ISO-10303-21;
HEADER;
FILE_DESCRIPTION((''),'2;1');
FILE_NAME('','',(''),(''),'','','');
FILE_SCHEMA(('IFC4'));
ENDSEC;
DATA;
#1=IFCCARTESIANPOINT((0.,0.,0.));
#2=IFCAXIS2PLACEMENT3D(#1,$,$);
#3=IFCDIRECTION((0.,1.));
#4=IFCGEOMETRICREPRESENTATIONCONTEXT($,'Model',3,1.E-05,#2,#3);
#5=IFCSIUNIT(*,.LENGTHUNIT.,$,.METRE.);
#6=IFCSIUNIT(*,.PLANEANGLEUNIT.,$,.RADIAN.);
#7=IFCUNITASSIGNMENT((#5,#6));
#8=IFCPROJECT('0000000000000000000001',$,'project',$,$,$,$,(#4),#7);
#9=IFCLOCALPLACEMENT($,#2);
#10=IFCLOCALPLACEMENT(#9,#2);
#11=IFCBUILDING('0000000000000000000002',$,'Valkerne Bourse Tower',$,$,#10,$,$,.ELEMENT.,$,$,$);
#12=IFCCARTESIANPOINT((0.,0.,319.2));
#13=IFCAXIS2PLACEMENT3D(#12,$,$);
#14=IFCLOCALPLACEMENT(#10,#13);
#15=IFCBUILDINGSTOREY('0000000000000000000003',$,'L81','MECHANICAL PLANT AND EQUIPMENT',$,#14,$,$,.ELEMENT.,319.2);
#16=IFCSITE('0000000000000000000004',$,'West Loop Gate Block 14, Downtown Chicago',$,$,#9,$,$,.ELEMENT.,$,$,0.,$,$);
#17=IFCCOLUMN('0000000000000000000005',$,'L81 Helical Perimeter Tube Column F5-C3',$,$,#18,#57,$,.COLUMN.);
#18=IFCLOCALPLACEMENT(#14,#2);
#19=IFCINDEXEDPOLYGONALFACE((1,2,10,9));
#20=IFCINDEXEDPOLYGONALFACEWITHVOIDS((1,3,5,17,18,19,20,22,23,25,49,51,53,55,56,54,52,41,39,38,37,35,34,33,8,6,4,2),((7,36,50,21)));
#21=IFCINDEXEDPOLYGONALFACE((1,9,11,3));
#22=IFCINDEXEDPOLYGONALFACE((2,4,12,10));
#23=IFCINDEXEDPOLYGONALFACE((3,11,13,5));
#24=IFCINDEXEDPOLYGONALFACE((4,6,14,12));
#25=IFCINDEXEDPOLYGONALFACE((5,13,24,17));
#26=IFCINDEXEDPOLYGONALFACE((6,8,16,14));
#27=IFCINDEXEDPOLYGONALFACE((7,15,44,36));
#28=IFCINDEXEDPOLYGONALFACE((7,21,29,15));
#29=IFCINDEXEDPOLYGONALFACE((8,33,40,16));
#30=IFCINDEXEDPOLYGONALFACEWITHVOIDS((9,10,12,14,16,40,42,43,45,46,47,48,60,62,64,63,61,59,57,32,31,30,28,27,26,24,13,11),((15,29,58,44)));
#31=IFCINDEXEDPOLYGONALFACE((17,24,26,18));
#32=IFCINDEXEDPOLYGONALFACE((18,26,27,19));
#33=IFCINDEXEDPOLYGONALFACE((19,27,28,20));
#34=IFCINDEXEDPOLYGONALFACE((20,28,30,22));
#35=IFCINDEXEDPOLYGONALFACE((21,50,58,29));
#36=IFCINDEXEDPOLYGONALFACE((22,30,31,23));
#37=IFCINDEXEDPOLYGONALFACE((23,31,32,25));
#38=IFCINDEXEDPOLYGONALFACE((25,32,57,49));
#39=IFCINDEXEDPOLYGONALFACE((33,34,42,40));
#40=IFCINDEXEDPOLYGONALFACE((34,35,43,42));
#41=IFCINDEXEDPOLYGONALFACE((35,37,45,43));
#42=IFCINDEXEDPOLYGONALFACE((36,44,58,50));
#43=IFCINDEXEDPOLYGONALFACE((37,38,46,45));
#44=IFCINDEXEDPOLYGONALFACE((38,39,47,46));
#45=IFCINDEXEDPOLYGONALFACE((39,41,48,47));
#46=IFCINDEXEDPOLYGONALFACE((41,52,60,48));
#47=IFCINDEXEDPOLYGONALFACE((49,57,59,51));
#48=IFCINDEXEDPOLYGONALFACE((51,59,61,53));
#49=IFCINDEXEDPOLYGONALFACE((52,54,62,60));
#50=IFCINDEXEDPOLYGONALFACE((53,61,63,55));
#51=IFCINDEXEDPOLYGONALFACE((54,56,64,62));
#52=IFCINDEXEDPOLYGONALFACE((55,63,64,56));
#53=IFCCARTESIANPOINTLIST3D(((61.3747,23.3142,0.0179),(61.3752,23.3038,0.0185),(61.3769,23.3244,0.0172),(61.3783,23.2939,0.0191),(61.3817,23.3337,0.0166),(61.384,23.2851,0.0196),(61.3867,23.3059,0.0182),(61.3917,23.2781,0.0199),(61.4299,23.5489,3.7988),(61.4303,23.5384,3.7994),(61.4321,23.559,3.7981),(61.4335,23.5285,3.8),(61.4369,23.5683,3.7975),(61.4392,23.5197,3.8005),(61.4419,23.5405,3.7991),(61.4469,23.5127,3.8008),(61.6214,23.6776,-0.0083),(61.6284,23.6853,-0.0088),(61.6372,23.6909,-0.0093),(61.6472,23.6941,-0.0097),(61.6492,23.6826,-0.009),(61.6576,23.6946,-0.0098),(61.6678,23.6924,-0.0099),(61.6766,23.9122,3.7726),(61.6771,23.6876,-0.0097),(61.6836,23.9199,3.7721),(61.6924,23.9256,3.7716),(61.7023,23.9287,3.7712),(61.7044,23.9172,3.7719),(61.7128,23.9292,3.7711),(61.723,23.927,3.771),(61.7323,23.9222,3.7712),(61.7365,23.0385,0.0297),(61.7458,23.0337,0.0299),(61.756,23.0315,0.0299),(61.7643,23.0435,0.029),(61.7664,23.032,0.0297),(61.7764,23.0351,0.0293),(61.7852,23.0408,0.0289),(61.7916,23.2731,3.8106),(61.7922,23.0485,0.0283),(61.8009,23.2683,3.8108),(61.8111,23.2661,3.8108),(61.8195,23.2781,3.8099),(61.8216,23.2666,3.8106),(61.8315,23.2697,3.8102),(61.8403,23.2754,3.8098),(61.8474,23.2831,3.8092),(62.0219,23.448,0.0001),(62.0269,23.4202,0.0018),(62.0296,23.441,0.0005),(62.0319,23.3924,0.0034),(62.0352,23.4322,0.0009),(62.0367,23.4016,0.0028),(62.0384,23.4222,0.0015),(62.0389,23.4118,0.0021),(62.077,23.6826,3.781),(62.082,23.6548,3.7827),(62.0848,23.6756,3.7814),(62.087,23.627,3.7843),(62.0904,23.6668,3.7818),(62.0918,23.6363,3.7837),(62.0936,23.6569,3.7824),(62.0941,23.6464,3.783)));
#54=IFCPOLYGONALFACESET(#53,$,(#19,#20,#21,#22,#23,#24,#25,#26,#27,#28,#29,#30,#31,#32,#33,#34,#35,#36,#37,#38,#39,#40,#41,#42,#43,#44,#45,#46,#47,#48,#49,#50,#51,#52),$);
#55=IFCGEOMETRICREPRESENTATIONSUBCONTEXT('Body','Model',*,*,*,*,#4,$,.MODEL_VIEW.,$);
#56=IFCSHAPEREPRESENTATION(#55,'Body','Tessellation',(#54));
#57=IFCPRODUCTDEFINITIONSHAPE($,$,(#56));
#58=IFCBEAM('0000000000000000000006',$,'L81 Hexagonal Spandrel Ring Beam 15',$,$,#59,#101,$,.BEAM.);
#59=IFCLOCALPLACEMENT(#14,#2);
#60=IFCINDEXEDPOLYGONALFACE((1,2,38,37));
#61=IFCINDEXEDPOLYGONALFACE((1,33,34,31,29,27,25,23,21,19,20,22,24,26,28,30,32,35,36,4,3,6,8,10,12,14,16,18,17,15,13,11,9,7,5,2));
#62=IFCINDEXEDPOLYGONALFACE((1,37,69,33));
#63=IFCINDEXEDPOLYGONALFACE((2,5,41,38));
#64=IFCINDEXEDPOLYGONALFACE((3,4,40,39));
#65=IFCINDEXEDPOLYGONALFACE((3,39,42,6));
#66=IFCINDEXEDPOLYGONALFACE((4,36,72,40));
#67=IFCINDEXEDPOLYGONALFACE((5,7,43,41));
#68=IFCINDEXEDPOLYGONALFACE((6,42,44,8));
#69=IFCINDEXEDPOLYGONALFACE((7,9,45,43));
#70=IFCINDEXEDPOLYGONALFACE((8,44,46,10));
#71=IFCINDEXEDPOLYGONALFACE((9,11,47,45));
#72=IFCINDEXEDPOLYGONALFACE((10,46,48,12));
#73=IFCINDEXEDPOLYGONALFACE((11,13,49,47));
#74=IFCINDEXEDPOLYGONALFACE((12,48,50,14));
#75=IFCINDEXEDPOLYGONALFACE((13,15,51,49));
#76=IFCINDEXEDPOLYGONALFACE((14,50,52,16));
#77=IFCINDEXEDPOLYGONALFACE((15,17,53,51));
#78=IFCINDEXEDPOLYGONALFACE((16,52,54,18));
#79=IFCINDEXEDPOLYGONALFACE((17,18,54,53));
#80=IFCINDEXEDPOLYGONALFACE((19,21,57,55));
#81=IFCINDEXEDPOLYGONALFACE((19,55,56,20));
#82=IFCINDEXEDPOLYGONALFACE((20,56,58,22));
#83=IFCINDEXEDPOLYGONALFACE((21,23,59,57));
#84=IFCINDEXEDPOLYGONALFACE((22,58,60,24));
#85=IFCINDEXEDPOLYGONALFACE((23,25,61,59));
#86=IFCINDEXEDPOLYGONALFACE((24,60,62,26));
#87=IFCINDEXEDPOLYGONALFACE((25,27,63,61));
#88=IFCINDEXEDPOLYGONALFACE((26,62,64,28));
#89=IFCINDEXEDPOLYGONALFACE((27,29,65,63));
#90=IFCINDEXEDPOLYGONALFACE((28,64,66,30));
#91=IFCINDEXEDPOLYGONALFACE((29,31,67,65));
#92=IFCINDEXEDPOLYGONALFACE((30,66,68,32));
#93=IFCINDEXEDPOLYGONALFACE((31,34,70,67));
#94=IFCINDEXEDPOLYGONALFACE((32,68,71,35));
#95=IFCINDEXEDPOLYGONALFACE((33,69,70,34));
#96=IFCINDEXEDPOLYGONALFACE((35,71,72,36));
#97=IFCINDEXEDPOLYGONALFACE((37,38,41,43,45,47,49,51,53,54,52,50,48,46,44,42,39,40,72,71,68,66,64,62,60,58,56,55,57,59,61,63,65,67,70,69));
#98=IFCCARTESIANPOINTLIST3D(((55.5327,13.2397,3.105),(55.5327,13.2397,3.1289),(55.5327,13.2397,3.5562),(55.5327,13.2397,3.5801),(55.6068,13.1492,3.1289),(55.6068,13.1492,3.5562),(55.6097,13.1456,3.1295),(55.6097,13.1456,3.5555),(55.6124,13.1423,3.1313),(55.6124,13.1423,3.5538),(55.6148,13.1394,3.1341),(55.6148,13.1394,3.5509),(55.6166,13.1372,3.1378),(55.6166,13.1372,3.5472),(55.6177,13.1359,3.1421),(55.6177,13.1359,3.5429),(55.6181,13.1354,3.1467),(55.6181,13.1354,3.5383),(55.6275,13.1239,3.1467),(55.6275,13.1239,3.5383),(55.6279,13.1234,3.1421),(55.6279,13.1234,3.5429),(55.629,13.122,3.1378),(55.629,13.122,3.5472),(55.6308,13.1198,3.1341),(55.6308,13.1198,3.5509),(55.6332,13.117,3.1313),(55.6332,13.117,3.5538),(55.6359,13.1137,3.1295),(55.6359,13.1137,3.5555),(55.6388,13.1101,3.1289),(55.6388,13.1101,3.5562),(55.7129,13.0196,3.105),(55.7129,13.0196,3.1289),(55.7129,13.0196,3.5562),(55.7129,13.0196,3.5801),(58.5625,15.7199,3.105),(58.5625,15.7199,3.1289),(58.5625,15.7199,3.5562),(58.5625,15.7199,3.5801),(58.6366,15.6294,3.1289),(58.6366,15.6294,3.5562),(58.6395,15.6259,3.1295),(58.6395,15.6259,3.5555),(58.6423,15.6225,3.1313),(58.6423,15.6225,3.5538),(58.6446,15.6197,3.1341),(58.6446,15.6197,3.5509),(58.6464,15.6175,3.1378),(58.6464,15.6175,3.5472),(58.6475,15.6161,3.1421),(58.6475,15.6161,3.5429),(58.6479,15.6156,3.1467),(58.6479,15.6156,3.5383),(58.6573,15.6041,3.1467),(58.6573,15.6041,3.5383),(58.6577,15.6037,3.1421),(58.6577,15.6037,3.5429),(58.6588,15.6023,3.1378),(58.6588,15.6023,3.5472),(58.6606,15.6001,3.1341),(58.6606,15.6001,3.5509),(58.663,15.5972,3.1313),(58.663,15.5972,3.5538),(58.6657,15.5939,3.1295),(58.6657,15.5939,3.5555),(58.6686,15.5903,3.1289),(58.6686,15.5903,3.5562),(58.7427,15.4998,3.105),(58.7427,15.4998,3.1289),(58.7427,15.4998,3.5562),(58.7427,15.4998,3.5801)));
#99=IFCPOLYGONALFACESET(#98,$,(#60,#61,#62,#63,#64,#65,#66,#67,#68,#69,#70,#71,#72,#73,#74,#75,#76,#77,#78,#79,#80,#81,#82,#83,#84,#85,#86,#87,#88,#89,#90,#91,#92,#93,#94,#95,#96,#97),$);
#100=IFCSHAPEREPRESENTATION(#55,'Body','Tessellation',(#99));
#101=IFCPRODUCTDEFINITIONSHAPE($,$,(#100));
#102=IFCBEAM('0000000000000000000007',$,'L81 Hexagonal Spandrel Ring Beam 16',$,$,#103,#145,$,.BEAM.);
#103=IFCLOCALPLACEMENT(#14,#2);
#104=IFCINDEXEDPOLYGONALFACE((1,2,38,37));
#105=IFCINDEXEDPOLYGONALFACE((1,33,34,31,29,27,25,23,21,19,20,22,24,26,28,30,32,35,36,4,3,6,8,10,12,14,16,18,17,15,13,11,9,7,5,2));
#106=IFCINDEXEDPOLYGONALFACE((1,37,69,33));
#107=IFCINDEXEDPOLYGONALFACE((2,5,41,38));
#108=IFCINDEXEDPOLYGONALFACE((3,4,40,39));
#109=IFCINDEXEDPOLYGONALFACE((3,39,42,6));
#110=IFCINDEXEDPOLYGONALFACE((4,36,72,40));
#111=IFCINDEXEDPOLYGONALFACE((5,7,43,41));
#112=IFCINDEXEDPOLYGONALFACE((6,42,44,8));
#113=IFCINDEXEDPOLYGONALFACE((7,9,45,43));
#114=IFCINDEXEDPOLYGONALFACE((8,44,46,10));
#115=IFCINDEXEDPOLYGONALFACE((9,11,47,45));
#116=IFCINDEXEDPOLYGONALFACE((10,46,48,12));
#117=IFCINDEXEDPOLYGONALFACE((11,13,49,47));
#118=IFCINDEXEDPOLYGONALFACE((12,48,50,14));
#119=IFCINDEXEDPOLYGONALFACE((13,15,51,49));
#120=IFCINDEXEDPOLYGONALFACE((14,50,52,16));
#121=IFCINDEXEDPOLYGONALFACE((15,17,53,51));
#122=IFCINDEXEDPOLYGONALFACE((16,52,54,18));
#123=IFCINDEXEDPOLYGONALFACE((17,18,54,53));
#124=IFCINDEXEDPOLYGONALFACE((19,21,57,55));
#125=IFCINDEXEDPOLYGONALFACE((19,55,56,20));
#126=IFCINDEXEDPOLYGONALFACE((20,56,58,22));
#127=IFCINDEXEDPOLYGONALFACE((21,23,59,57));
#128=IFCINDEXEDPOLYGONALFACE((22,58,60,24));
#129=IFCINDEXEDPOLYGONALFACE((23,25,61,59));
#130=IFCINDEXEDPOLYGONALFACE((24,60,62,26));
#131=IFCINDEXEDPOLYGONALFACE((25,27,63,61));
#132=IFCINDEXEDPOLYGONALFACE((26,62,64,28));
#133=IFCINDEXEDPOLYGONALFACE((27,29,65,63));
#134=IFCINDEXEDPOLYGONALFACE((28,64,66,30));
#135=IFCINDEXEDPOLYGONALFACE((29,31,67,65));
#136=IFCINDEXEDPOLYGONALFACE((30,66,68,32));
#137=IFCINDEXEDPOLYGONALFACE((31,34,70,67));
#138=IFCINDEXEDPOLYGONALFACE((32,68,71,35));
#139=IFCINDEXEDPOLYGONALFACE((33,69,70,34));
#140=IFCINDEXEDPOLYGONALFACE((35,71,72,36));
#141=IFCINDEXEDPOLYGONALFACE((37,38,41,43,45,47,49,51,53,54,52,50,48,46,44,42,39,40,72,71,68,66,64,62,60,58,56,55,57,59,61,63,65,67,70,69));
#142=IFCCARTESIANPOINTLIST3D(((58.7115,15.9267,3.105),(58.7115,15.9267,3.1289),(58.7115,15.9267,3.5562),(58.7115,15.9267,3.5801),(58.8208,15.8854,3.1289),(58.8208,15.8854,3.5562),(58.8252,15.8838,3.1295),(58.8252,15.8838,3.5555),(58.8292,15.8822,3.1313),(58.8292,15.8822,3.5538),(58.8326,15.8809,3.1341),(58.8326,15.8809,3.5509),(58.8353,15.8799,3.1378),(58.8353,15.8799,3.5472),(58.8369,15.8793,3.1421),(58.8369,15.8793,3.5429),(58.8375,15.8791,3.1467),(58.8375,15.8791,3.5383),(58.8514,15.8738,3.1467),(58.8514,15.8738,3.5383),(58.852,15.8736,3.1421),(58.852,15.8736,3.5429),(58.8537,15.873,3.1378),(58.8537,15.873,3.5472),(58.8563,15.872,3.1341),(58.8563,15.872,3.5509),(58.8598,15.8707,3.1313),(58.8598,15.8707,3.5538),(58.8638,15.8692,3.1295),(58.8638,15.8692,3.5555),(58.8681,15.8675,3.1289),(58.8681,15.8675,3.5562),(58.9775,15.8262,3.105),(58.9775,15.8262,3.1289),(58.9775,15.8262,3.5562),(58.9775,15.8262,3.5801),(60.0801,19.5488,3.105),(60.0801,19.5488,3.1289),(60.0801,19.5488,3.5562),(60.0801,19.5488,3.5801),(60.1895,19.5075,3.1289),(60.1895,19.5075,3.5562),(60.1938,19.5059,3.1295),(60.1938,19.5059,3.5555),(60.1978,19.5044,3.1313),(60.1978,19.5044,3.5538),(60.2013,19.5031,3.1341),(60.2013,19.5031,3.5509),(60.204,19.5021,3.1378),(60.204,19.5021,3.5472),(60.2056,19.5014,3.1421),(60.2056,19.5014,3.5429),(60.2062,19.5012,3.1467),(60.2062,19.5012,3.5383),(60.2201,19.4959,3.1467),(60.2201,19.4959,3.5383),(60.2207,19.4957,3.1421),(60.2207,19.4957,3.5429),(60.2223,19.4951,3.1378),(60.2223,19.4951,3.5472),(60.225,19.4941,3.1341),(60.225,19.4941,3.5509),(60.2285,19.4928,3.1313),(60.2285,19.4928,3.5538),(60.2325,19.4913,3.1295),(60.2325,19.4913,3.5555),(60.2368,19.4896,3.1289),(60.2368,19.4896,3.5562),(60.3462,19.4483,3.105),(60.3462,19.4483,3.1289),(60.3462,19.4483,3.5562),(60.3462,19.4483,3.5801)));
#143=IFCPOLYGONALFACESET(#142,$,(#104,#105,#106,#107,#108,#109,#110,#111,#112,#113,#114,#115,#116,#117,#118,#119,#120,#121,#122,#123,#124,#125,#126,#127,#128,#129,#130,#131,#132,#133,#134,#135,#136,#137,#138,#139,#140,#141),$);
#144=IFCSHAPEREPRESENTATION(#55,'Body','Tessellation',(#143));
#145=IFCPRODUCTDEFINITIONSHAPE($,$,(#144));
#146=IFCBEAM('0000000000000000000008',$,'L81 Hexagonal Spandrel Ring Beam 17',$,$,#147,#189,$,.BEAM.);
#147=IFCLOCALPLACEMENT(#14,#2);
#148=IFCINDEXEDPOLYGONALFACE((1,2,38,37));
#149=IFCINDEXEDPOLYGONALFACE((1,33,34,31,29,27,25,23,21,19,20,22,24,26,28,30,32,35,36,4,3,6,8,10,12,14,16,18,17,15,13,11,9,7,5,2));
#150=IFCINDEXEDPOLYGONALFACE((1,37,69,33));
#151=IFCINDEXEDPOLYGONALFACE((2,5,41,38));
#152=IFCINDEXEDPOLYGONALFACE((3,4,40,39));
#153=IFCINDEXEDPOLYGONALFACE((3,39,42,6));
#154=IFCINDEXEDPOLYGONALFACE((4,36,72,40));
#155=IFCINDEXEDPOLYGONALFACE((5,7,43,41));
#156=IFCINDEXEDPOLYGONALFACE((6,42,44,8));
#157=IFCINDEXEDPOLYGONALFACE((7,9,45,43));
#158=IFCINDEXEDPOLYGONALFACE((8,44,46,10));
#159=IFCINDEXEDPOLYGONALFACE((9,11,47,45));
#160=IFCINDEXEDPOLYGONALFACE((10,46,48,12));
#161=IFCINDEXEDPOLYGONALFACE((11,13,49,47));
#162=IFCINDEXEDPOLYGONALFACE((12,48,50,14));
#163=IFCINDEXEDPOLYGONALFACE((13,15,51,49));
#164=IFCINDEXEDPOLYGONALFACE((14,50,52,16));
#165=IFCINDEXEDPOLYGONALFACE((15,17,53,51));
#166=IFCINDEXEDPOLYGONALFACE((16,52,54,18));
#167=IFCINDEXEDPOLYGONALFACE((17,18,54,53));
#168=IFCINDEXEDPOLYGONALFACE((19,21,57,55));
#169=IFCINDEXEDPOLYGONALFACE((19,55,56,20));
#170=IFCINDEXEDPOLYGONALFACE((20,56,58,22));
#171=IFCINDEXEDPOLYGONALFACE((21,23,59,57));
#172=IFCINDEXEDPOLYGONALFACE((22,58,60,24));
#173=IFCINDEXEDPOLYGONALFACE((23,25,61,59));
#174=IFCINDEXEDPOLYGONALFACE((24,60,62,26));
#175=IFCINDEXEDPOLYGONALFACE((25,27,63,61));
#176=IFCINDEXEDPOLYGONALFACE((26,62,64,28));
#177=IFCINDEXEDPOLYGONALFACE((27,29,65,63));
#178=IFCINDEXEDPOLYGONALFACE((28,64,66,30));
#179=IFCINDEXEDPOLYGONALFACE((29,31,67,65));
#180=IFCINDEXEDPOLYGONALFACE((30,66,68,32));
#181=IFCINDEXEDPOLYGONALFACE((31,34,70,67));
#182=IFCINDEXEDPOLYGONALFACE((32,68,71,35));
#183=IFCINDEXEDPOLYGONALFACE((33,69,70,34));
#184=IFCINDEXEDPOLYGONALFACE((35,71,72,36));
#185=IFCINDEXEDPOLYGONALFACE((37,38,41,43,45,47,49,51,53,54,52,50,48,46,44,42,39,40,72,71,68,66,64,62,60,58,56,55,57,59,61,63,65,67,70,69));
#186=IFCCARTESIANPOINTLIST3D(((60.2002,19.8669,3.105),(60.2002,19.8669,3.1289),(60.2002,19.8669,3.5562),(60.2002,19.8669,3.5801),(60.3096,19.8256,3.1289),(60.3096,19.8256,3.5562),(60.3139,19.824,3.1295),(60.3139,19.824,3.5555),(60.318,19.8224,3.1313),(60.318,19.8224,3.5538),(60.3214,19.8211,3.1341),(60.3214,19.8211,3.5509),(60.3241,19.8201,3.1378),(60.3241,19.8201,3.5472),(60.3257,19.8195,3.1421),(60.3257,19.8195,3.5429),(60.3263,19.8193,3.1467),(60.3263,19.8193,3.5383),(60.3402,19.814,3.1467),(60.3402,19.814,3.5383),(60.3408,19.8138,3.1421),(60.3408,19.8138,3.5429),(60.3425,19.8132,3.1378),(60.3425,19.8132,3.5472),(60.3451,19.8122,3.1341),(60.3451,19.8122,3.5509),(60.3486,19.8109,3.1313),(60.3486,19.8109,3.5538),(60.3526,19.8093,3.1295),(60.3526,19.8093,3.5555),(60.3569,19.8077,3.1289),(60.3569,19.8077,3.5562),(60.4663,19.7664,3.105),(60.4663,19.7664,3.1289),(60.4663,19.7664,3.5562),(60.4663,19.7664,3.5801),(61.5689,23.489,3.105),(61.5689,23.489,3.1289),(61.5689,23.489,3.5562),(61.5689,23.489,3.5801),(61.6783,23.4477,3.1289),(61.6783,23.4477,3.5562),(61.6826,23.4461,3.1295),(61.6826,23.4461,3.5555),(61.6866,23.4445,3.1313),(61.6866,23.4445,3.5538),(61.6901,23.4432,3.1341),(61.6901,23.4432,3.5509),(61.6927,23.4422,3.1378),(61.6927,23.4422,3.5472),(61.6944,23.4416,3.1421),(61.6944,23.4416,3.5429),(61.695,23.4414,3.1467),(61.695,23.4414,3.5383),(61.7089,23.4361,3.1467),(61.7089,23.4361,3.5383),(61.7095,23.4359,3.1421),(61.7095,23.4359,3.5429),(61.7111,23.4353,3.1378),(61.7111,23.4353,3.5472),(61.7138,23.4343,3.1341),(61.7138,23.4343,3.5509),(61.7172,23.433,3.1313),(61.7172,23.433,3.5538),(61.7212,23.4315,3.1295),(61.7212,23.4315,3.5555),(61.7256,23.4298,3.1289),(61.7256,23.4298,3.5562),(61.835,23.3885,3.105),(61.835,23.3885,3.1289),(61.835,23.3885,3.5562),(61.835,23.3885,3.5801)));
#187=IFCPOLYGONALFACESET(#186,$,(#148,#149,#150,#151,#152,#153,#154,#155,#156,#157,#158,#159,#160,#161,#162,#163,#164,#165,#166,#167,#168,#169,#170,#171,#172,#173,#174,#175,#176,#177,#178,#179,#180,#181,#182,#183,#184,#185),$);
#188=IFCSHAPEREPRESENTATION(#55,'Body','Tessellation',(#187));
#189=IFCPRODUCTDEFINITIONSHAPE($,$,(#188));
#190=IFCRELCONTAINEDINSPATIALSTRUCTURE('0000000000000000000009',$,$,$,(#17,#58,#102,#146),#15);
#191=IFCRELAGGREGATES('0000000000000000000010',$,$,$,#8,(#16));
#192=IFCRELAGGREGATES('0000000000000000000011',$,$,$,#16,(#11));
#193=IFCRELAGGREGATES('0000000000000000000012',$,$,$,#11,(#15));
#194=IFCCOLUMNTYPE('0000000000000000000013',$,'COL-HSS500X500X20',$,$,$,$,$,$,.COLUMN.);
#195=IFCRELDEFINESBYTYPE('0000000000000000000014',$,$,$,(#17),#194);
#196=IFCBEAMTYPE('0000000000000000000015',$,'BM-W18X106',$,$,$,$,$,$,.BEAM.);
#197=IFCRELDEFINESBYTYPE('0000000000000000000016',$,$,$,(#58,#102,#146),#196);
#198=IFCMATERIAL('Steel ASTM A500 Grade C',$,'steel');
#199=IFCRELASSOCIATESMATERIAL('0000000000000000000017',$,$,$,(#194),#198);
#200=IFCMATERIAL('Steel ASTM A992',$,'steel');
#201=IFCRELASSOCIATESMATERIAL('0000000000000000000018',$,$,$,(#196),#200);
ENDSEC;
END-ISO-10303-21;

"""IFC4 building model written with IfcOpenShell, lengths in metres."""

from ifc_helpers import new_model, si_unit, direction, frame, origin, origin_2d, place, context, subcontext, project, spatial, hollow_rectangle, i_section, extrude, material, material_profile, profile_set, type_object, element, save


model = new_model("IFC4")

# Units and contexts
model_context = context("Model", 3, precision=1e-05, world=origin(), true_north=direction((0.0, 1.0)))
body_context = subcontext(model_context, "Body", "Model", "MODEL_VIEW")
ifc_project = project(units=[si_unit("LENGTHUNIT", "METRE"), si_unit("PLANEANGLEUNIT", "RADIAN")], contexts=[model_context])

# Site, building, storey
site_placement = place(None, origin())
site = spatial("IfcSite", under=ifc_project, at=site_placement, Name="West Loop Gate Block 14, Downtown Chicago", CompositionType="ELEMENT", RefElevation=0.0)
building_placement = place(site_placement, origin())
building = spatial("IfcBuilding", under=site, at=building_placement, Name="Valkerne Bourse Tower", CompositionType="ELEMENT")
storey_placement = place(building_placement, frame((0.0, 0.0, 319.2)))
storey = spatial("IfcBuildingStorey", under=building, at=storey_placement, Name="L81", Description="MECHANICAL PLANT AND EQUIPMENT", CompositionType="ELEMENT", Elevation=319.2)

# Column
ifc_material_1 = material(Name="Steel ASTM A500 Grade C", Category="steel")
ifc_material_profile_1 = material_profile(ifc_material_1, hollow_rectangle(XDim=0.5, YDim=0.5, WallThickness=0.02, OuterFilletRadius=0.04, at=origin_2d()), Name="HSS500X500X20")
ifc_profile_set_1 = profile_set([ifc_material_profile_1], Name="Steel ASTM A500 Grade C")
column_type_1 = type_object("IfcColumnType", Name="COL-HSS500X500X20", PredefinedType="COLUMN", material=ifc_profile_set_1)
for number, where, z_axis, x_axis, name in (
    (1, (61.7068, 23.363, 0.01), (0.014563, 0.061926, 0.997974), (-0.570768, -0.818978, 0.059148), "L81 Helical Perimeter Tube Column F5-C3"),
):
    element("IfcColumn", number, at=place(storey_placement, frame(where, z_axis=z_axis, x_axis=x_axis)), inside=storey, type_object=column_type_1, Name=name, PredefinedType="COLUMN", context=body_context, shape_type="SweptSolid", body=[
        extrude(hollow_rectangle(XDim=0.5, YDim=0.5, WallThickness=0.02, OuterFilletRadius=0.04, at=origin_2d()), origin(), (0.0, 0.0, 1.0), 3.7886),
    ])

# Beams
ifc_material_2 = material(Name="Steel ASTM A992", Category="steel")
ifc_material_profile_2 = material_profile(ifc_material_2, i_section(OverallWidth=0.2844, OverallDepth=0.4751, WebThickness=0.0149, FlangeThickness=0.0239, FilletRadius=0.0178, at=origin_2d()), Name="W18X106")
ifc_profile_set_2 = profile_set([ifc_material_profile_2], Name="Steel ASTM A992")
beam_type_1 = type_object("IfcBeamType", Name="BM-W18X106", PredefinedType="BEAM", material=ifc_profile_set_2)
beam_1_placement = place(storey_placement, frame((55.6228, 13.1296, 3.3425), z_axis=(0.773793, 0.633438, 0.0), x_axis=(-0.633438, 0.773793, 0.0)))
element("IfcBeam", 2, at=beam_1_placement, inside=storey, type_object=beam_type_1, Name="L81 Hexagonal Spandrel Ring Beam 15", PredefinedType="BEAM", context=body_context, shape_type="SweptSolid", body=[
    extrude(i_section(OverallWidth=0.2844, OverallDepth=0.4751, WebThickness=0.0149, FlangeThickness=0.0239, FilletRadius=0.0178, at=origin_2d()), origin(), (0.0, 0.0, 1.0), 3.9155),
])
for number, where, z_axis, x_axis, name in (
    (3, (58.8445, 15.8765, 3.3425), (0.353472, 0.935445, 0.0), (-0.935445, 0.353472, 0.0), "L81 Hexagonal Spandrel Ring Beam 16"),
    (4, (60.3333, 19.8167, 3.3425), (0.353472, 0.935445, 0.0), (-0.935445, 0.353472, 0.0), "L81 Hexagonal Spandrel Ring Beam 17"),
):
    element("IfcBeam", number, at=place(storey_placement, frame(where, z_axis=z_axis, x_axis=x_axis)), inside=storey, type_object=beam_type_1, Name=name, PredefinedType="BEAM", context=body_context, shape_type="SweptSolid", body=[
        extrude(i_section(OverallWidth=0.2844, OverallDepth=0.4751, WebThickness=0.0149, FlangeThickness=0.0239, FilletRadius=0.0178, at=origin_2d()), origin(), (0.0, 0.0, 1.0), 3.8721),
    ])

save(model, "model.ifc")
